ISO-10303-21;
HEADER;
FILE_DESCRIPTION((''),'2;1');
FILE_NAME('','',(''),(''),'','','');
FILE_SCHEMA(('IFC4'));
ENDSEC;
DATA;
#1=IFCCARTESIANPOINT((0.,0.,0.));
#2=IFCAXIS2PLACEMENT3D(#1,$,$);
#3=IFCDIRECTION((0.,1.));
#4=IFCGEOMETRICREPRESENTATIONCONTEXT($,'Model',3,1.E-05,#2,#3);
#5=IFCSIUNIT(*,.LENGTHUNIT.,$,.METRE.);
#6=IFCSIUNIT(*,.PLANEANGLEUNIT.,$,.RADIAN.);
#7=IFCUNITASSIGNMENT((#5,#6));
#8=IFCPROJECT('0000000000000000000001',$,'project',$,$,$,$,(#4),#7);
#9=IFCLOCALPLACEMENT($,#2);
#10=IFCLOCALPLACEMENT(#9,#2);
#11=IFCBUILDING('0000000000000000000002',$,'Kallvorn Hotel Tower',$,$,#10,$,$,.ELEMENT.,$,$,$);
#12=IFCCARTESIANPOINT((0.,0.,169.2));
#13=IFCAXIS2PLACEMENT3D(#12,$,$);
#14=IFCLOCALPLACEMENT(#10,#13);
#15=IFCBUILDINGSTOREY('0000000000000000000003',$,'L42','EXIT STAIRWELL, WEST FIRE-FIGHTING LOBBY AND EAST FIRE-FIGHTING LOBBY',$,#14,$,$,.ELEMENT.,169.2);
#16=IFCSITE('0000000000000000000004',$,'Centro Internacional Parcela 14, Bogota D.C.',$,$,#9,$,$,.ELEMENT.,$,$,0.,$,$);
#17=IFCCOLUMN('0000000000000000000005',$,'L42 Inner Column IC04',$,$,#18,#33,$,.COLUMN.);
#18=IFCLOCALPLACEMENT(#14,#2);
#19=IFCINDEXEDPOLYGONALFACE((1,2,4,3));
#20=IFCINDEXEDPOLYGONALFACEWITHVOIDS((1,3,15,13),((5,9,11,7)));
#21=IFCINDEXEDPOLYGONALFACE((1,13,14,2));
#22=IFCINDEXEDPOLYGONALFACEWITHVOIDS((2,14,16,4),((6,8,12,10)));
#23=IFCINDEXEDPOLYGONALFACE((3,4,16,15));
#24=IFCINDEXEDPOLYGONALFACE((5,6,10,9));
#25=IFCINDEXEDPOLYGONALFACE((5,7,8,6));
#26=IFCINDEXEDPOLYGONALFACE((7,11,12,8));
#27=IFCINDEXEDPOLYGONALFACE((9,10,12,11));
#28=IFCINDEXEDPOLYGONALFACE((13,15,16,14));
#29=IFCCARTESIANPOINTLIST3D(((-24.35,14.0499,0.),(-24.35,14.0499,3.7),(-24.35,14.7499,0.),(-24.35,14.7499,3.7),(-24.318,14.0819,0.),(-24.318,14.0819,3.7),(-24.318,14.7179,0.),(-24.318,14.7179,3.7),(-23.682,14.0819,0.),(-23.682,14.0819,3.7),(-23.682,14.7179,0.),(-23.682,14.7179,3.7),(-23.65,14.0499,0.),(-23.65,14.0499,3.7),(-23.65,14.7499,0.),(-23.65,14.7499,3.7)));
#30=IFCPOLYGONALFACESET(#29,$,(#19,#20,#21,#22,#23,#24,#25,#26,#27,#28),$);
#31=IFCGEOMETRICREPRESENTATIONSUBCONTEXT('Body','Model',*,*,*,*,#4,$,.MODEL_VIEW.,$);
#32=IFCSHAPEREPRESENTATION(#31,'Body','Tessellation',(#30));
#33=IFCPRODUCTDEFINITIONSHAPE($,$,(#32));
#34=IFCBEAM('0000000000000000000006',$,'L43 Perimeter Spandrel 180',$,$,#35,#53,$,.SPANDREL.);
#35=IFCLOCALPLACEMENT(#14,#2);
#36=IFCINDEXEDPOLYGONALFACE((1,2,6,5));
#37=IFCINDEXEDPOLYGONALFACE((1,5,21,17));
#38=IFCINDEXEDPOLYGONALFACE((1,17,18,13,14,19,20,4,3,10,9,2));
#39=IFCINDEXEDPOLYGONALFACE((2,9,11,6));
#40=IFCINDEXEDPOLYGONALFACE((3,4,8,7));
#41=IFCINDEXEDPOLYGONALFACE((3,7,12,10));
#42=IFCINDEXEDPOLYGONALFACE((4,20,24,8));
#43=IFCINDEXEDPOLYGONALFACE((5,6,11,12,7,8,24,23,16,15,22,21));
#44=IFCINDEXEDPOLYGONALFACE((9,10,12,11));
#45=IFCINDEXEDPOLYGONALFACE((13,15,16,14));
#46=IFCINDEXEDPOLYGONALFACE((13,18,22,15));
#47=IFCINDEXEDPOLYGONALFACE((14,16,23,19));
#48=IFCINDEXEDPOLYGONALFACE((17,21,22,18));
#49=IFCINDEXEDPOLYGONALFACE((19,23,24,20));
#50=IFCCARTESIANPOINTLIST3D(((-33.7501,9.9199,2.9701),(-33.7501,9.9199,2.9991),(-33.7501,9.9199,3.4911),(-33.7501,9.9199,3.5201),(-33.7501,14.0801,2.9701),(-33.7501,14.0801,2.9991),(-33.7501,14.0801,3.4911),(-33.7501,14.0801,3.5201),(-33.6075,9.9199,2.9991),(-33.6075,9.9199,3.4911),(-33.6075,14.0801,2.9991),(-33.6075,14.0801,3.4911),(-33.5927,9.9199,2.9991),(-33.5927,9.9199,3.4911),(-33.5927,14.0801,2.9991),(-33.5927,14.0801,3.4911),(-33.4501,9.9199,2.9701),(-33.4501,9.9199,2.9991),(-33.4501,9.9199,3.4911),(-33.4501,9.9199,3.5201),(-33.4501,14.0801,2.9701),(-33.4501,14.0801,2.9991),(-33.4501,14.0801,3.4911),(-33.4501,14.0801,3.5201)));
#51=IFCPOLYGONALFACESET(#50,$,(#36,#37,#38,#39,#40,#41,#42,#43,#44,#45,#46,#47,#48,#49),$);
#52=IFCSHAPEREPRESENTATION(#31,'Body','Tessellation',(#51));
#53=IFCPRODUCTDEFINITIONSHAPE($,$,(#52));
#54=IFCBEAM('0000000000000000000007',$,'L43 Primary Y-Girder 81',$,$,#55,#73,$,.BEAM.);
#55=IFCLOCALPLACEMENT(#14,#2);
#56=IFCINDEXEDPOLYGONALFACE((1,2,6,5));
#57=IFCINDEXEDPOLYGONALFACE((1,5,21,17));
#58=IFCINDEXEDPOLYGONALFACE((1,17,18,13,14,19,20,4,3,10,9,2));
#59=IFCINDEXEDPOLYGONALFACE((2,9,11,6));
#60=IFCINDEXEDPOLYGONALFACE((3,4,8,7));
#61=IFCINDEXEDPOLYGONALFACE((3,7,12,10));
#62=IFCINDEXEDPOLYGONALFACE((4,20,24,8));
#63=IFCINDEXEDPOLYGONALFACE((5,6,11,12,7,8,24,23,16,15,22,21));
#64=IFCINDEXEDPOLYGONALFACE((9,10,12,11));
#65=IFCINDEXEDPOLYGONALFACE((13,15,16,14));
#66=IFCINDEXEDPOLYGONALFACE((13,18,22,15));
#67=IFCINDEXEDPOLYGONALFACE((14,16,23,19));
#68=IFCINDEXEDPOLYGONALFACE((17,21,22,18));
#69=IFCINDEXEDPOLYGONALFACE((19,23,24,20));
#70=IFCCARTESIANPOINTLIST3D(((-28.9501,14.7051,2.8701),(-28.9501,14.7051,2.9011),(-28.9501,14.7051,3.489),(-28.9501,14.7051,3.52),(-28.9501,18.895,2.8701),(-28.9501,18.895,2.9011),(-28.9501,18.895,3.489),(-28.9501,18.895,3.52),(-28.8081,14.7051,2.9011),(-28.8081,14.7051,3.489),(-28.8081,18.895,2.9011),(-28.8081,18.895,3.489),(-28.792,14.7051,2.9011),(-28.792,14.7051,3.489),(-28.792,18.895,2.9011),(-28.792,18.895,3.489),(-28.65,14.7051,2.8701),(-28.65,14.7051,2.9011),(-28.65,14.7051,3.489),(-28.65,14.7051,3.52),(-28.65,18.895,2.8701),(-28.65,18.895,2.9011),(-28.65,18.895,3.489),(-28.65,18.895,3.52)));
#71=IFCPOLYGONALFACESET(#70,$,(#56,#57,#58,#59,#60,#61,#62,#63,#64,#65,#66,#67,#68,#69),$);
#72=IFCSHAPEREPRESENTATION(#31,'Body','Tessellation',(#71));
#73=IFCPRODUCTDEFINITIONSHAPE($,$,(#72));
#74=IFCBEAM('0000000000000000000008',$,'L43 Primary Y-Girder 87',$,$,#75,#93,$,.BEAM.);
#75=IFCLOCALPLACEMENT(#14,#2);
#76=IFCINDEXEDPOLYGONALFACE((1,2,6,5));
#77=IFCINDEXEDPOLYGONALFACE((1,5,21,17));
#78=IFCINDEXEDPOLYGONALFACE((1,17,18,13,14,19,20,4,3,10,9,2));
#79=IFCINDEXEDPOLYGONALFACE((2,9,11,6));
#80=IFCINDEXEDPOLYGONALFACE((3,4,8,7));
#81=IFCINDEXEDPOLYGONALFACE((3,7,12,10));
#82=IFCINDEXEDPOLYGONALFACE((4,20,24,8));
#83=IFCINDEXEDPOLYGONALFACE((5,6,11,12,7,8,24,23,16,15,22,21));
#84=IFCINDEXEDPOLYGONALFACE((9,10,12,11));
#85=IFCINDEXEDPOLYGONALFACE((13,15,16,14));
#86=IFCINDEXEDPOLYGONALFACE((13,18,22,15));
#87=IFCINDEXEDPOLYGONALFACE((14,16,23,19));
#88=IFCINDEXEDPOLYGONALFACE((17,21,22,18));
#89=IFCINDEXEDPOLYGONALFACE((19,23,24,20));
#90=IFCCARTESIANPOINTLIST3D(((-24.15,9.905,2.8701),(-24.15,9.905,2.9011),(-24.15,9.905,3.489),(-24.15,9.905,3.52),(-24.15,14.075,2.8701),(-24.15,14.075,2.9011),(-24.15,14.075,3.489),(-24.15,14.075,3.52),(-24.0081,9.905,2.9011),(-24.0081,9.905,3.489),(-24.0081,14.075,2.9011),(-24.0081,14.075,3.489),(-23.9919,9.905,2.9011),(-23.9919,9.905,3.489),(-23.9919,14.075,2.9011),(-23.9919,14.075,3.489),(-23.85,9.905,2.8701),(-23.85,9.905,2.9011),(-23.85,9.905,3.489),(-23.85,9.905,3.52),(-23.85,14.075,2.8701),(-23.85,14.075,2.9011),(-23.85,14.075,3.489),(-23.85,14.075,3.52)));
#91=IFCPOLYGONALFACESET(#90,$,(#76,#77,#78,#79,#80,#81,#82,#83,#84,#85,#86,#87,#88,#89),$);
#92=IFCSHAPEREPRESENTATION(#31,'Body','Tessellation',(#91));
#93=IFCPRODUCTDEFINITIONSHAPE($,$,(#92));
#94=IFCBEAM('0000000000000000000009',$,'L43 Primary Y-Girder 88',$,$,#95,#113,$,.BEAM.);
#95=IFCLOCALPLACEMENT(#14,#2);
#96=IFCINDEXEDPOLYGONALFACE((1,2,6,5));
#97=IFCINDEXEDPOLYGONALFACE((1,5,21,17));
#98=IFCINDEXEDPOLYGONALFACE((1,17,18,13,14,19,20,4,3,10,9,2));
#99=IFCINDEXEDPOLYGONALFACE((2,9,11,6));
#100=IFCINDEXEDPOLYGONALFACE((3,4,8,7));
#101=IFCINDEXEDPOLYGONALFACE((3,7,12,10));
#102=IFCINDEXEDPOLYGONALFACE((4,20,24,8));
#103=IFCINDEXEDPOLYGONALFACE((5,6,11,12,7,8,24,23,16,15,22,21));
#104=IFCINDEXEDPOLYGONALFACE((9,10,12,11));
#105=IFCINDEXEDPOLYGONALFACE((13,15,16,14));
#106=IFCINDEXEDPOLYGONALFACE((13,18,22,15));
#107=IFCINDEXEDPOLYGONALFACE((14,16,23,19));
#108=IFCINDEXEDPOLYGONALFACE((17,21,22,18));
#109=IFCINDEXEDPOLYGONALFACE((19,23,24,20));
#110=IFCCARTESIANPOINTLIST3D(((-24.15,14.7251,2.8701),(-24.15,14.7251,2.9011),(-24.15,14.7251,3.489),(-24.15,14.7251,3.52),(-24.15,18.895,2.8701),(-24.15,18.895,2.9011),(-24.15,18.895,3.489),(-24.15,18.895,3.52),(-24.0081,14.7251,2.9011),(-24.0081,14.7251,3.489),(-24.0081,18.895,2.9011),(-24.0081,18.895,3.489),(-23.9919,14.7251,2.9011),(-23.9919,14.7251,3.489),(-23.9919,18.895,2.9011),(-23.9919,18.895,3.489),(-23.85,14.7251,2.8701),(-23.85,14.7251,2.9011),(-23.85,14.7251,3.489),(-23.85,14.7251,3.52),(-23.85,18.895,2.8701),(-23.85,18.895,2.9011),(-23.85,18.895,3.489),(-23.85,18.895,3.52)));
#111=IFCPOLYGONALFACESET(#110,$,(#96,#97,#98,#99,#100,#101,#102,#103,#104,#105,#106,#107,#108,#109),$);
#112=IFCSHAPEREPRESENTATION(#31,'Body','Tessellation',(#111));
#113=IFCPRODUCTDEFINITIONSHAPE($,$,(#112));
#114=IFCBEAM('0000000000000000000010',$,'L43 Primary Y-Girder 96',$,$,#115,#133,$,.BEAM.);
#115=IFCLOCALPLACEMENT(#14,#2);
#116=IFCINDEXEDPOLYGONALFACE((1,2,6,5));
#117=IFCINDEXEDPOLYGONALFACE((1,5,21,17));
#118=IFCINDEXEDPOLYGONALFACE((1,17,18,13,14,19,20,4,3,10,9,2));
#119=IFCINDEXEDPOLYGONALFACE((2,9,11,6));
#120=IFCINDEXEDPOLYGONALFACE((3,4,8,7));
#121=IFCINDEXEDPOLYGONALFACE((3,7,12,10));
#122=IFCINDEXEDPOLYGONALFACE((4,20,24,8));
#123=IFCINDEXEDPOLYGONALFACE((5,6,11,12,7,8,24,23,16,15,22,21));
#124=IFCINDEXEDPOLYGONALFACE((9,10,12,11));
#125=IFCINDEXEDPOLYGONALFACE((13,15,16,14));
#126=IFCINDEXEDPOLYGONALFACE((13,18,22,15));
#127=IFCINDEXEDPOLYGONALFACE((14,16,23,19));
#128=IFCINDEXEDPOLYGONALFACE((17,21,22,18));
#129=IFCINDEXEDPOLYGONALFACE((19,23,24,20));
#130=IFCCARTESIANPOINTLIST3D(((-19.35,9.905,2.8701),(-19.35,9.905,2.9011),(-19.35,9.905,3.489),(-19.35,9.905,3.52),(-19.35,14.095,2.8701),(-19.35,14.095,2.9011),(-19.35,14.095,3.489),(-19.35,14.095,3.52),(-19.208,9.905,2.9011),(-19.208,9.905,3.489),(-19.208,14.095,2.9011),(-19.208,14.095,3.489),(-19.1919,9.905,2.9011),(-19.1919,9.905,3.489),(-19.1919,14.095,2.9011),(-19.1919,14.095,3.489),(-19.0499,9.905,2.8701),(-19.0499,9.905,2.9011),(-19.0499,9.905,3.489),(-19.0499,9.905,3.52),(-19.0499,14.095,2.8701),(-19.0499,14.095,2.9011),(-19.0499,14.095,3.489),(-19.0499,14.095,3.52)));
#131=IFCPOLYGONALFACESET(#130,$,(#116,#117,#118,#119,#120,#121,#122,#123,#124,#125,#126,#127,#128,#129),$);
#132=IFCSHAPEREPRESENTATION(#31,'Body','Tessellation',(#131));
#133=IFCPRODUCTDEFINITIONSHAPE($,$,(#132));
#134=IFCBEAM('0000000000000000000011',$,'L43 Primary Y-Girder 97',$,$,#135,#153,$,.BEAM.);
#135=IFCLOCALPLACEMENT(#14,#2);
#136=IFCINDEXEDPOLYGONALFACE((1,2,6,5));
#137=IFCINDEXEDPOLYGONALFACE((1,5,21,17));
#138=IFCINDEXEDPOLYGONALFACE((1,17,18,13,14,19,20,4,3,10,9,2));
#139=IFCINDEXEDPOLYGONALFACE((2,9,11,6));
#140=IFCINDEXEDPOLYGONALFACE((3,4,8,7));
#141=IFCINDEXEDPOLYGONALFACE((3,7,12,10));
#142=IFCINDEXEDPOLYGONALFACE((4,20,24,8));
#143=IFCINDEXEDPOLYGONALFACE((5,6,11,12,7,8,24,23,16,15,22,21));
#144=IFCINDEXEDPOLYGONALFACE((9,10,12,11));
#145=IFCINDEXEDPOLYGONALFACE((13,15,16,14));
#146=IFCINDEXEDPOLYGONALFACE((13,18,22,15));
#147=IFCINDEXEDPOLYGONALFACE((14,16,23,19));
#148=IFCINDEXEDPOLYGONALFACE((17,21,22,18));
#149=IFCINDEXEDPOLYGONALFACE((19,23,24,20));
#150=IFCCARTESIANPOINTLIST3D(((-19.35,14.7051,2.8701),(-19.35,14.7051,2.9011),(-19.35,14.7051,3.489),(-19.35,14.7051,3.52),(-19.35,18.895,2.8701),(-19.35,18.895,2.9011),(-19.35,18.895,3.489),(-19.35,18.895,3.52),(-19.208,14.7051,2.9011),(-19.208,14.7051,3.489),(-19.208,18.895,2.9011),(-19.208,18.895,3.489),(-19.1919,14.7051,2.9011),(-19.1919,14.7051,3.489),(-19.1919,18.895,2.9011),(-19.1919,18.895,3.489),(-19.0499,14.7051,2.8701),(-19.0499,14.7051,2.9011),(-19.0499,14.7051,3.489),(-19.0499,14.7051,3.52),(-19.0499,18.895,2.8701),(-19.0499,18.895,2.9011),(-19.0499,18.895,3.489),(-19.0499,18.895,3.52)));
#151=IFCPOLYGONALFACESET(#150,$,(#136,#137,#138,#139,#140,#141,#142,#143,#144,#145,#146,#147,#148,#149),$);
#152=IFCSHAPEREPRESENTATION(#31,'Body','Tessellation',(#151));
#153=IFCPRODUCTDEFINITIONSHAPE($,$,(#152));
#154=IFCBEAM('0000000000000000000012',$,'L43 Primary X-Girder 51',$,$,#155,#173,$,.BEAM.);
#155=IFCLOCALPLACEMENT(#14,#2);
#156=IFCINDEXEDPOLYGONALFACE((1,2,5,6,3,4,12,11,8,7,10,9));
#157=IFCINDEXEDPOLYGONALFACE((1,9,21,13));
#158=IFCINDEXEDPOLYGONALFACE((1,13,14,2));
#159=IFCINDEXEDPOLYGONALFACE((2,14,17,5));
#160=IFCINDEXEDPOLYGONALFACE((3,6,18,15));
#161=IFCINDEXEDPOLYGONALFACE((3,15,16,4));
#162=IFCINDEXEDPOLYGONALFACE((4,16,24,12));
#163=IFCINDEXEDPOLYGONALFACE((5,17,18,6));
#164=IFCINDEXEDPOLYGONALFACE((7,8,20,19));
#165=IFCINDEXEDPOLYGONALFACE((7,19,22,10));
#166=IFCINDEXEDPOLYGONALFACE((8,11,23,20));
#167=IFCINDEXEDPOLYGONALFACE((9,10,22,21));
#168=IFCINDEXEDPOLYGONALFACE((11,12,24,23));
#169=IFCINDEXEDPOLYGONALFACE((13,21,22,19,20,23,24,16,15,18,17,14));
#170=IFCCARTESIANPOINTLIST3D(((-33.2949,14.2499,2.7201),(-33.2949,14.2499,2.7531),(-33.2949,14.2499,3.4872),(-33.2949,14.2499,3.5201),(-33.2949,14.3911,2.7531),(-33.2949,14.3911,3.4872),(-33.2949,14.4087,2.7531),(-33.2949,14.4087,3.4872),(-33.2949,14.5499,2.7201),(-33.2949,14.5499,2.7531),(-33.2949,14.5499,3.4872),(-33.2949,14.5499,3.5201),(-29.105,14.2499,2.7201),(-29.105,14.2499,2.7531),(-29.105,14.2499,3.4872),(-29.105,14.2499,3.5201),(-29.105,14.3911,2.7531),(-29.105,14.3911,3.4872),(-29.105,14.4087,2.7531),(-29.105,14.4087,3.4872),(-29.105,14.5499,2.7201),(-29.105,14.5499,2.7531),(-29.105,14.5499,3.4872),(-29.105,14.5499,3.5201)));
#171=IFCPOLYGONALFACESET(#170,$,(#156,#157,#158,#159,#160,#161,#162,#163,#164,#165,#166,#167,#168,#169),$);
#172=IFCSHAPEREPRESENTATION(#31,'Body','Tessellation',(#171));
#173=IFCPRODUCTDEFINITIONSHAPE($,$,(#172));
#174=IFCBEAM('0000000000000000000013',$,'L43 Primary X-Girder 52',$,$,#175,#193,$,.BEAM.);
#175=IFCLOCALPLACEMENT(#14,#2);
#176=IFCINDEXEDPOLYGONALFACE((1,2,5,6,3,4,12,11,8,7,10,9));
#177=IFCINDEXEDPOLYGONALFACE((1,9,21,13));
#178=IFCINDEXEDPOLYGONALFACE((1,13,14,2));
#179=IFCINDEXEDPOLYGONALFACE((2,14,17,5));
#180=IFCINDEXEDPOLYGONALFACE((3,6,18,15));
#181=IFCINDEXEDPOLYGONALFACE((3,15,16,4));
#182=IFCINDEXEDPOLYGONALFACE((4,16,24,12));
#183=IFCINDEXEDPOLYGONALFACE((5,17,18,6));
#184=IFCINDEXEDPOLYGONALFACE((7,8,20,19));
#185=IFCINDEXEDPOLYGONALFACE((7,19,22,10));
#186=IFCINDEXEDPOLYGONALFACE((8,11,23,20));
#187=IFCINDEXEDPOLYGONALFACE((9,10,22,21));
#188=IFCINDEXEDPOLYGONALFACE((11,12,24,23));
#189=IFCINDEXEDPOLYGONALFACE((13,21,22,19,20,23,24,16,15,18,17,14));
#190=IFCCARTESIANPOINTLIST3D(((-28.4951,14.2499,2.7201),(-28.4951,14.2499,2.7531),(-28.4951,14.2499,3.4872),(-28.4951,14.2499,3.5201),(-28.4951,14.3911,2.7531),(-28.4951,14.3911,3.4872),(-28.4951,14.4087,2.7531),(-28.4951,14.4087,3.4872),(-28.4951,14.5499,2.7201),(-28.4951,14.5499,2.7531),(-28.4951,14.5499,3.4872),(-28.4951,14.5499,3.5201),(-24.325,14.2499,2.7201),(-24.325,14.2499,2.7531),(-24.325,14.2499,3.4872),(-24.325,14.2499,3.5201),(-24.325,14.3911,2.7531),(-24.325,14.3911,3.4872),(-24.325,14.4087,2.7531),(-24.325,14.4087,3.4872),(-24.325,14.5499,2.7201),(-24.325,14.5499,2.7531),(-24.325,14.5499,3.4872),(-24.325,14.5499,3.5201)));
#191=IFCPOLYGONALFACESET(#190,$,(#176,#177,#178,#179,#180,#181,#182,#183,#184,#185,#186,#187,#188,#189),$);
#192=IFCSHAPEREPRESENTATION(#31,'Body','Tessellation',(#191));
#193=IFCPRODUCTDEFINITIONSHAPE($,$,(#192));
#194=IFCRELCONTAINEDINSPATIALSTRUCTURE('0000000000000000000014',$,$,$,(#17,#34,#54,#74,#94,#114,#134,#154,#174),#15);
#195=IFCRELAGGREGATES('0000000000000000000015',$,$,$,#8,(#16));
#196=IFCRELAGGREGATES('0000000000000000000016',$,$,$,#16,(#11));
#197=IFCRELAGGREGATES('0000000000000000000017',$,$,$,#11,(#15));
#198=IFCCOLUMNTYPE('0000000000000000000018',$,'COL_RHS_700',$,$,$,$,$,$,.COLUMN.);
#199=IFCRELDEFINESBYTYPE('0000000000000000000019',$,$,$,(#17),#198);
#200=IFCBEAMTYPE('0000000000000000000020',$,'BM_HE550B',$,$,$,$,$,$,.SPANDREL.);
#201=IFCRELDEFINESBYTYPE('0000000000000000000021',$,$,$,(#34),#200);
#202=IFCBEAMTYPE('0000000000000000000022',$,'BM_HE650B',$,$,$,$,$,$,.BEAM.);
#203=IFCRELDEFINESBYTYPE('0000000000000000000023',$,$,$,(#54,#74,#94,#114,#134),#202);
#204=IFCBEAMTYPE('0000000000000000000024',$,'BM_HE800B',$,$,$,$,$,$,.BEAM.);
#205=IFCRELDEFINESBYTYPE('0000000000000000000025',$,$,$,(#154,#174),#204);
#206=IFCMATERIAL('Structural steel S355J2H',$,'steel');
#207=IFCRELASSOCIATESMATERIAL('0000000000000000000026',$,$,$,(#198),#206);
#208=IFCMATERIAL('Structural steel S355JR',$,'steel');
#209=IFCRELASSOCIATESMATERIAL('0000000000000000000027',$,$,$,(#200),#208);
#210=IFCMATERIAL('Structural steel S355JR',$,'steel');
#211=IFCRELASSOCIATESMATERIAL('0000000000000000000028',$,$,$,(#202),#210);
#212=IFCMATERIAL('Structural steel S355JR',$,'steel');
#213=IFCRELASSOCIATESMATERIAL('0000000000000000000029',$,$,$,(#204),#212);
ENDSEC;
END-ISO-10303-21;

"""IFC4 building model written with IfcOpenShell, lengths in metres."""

from ifc_helpers import new_model, si_unit, direction, frame, origin, origin_2d, place, context, subcontext, project, spatial, hollow_rectangle, i_section, extrude, material, material_profile, profile_set, type_object, element, save


model = new_model("IFC4")

# Units and contexts
model_context = context("Model", 3, precision=1e-05, world=origin(), true_north=direction((0.0, 1.0)))
body_context = subcontext(model_context, "Body", "Model", "MODEL_VIEW")
ifc_project = project(units=[si_unit("LENGTHUNIT", "METRE"), si_unit("PLANEANGLEUNIT", "RADIAN")], contexts=[model_context])

# Site, building, storey
site_placement = place(None, origin())
site = spatial("IfcSite", under=ifc_project, at=site_placement, Name="Centro Internacional Parcela 14, Bogota D.C.", CompositionType="ELEMENT", RefElevation=0.0)
building_placement = place(site_placement, origin())
building = spatial("IfcBuilding", under=site, at=building_placement, Name="Kallvorn Hotel Tower", CompositionType="ELEMENT")
storey_placement = place(building_placement, frame((0.0, 0.0, 169.2)))
storey = spatial("IfcBuildingStorey", under=building, at=storey_placement, Name="L42", Description="EXIT STAIRWELL, WEST FIRE-FIGHTING LOBBY AND EAST FIRE-FIGHTING LOBBY", CompositionType="ELEMENT", Elevation=169.2)

# Column
ifc_material_1 = material(Name="Structural steel S355J2H", Category="steel")
ifc_material_profile_1 = material_profile(ifc_material_1, hollow_rectangle(XDim=0.7, YDim=0.7, WallThickness=0.032, at=origin_2d()), Name="RHS 700x700x32")
ifc_profile_set_1 = profile_set([ifc_material_profile_1], Name="Structural steel S355J2H")
column_type_1 = type_object("IfcColumnType", Name="COL_RHS_700", PredefinedType="COLUMN", material=ifc_profile_set_1)
column_placement = place(storey_placement, frame((-24.0, 14.3999, 0.0), z_axis=(0.0, 0.0, 1.0), x_axis=(1.0, 0.0, 0.0)))
element("IfcColumn", 1, at=column_placement, inside=storey, type_object=column_type_1, Name="L42 Inner Column IC04", PredefinedType="COLUMN", context=body_context, shape_type="SweptSolid", body=[
    extrude(hollow_rectangle(XDim=0.7, YDim=0.7, WallThickness=0.032, at=origin_2d()), origin(), (0.0, 0.0, 1.0), 3.7),
])

# Beams
ifc_material_2 = material(Name="Structural steel S355JR", Category="steel")
ifc_material_profile_2 = material_profile(ifc_material_2, i_section(OverallWidth=0.3, OverallDepth=0.55, WebThickness=0.0149, FlangeThickness=0.0291, at=origin_2d()), Name="HE 550 B")
ifc_profile_set_2 = profile_set([ifc_material_profile_2], Name="Structural steel S355JR")
beam_type_1 = type_object("IfcBeamType", Name="BM_HE550B", PredefinedType="SPANDREL", material=ifc_profile_set_2)
beam_1_placement = place(storey_placement, frame((-33.6001, 9.9199, 3.2451), z_axis=(0.0, 1.0, 0.0), x_axis=(-1.0, 0.0, 0.0)))
element("IfcBeam", 2, at=beam_1_placement, inside=storey, type_object=beam_type_1, Name="L43 Perimeter Spandrel 180", PredefinedType="SPANDREL", context=body_context, shape_type="SweptSolid", body=[
    extrude(i_section(OverallWidth=0.3, OverallDepth=0.55, WebThickness=0.0149, FlangeThickness=0.0291, at=origin_2d()), origin(), (0.0, 0.0, 1.0), 4.1602),
])
ifc_material_3 = material(Name="Structural steel S355JR", Category="steel")
ifc_material_profile_3 = material_profile(ifc_material_3, i_section(OverallWidth=0.3, OverallDepth=0.6499, WebThickness=0.0161, FlangeThickness=0.031, at=origin_2d()), Name="HE 650 B")
ifc_profile_set_3 = profile_set([ifc_material_profile_3], Name="Structural steel S355JR")
beam_type_2 = type_object("IfcBeamType", Name="BM_HE650B", PredefinedType="BEAM", material=ifc_profile_set_3)
beam_2_placement = place(storey_placement, frame((-28.8, 14.7051, 3.1951), z_axis=(0.0, 1.0, 0.0), x_axis=(-1.0, 0.0, 0.0)))
element("IfcBeam", 3, at=beam_2_placement, inside=storey, type_object=beam_type_2, Name="L43 Primary Y-Girder 81", PredefinedType="BEAM", context=body_context, shape_type="SweptSolid", body=[
    extrude(i_section(OverallWidth=0.3, OverallDepth=0.6499, WebThickness=0.0161, FlangeThickness=0.031, at=origin_2d()), origin(), (0.0, 0.0, 1.0), 4.1899),
])
for number, where, z_axis, x_axis, name in (
    (4, (-24.0, 9.905, 3.1951), (0.0, 1.0, 0.0), (-1.0, 0.0, 0.0), "L43 Primary Y-Girder 87"),
    (5, (-24.0, 14.7251, 3.1951), (0.0, 1.0, 0.0), (-1.0, 0.0, 0.0), "L43 Primary Y-Girder 88"),
):
    element("IfcBeam", number, at=place(storey_placement, frame(where, z_axis=z_axis, x_axis=x_axis)), inside=storey, type_object=beam_type_2, Name=name, PredefinedType="BEAM", context=body_context, shape_type="SweptSolid", body=[
        extrude(i_section(OverallWidth=0.3, OverallDepth=0.6499, WebThickness=0.0161, FlangeThickness=0.031, at=origin_2d()), origin(), (0.0, 0.0, 1.0), 4.1699),
    ])
for number, where, z_axis, x_axis, name in (
    (6, (-19.2, 9.905, 3.1951), (0.0, 1.0, 0.0), (-1.0, 0.0, 0.0), "L43 Primary Y-Girder 96"),
    (7, (-19.2, 14.7051, 3.1951), (0.0, 1.0, 0.0), (-1.0, 0.0, 0.0), "L43 Primary Y-Girder 97"),
):
    element("IfcBeam", number, at=place(storey_placement, frame(where, z_axis=z_axis, x_axis=x_axis)), inside=storey, type_object=beam_type_2, Name=name, PredefinedType="BEAM", context=body_context, shape_type="SweptSolid", body=[
        extrude(i_section(OverallWidth=0.3, OverallDepth=0.6499, WebThickness=0.0161, FlangeThickness=0.031, at=origin_2d()), origin(), (0.0, 0.0, 1.0), 4.1899),
    ])
ifc_material_4 = material(Name="Structural steel S355JR", Category="steel")
ifc_material_profile_4 = material_profile(ifc_material_4, i_section(OverallWidth=0.3, OverallDepth=0.8, WebThickness=0.0176, FlangeThickness=0.033, at=origin_2d()), Name="HE 800 B")
ifc_profile_set_4 = profile_set([ifc_material_profile_4], Name="Structural steel S355JR")
beam_type_3 = type_object("IfcBeamType", Name="BM_HE800B", PredefinedType="BEAM", material=ifc_profile_set_4)
beam_3_placement = place(storey_placement, frame((-33.2949, 14.3999, 3.1201), z_axis=(1.0, 0.0, 0.0), x_axis=(0.0, 1.0, 0.0)))
element("IfcBeam", 8, at=beam_3_placement, inside=storey, type_object=beam_type_3, Name="L43 Primary X-Girder 51", PredefinedType="BEAM", context=body_context, shape_type="SweptSolid", body=[
    extrude(i_section(OverallWidth=0.3, OverallDepth=0.8, WebThickness=0.0176, FlangeThickness=0.033, at=origin_2d()), origin(), (0.0, 0.0, 1.0), 4.1899),
])
for number, where, z_axis, x_axis, name in (
    (9, (-28.4951, 14.3999, 3.1201), (1.0, 0.0, 0.0), (0.0, 1.0, 0.0), "L43 Primary X-Girder 52"),
):
    element("IfcBeam", number, at=place(storey_placement, frame(where, z_axis=z_axis, x_axis=x_axis)), inside=storey, type_object=beam_type_3, Name=name, PredefinedType="BEAM", context=body_context, shape_type="SweptSolid", body=[
        extrude(i_section(OverallWidth=0.3, OverallDepth=0.8, WebThickness=0.0176, FlangeThickness=0.033, at=origin_2d()), origin(), (0.0, 0.0, 1.0), 4.1702),
    ])

save(model, "model.ifc")
